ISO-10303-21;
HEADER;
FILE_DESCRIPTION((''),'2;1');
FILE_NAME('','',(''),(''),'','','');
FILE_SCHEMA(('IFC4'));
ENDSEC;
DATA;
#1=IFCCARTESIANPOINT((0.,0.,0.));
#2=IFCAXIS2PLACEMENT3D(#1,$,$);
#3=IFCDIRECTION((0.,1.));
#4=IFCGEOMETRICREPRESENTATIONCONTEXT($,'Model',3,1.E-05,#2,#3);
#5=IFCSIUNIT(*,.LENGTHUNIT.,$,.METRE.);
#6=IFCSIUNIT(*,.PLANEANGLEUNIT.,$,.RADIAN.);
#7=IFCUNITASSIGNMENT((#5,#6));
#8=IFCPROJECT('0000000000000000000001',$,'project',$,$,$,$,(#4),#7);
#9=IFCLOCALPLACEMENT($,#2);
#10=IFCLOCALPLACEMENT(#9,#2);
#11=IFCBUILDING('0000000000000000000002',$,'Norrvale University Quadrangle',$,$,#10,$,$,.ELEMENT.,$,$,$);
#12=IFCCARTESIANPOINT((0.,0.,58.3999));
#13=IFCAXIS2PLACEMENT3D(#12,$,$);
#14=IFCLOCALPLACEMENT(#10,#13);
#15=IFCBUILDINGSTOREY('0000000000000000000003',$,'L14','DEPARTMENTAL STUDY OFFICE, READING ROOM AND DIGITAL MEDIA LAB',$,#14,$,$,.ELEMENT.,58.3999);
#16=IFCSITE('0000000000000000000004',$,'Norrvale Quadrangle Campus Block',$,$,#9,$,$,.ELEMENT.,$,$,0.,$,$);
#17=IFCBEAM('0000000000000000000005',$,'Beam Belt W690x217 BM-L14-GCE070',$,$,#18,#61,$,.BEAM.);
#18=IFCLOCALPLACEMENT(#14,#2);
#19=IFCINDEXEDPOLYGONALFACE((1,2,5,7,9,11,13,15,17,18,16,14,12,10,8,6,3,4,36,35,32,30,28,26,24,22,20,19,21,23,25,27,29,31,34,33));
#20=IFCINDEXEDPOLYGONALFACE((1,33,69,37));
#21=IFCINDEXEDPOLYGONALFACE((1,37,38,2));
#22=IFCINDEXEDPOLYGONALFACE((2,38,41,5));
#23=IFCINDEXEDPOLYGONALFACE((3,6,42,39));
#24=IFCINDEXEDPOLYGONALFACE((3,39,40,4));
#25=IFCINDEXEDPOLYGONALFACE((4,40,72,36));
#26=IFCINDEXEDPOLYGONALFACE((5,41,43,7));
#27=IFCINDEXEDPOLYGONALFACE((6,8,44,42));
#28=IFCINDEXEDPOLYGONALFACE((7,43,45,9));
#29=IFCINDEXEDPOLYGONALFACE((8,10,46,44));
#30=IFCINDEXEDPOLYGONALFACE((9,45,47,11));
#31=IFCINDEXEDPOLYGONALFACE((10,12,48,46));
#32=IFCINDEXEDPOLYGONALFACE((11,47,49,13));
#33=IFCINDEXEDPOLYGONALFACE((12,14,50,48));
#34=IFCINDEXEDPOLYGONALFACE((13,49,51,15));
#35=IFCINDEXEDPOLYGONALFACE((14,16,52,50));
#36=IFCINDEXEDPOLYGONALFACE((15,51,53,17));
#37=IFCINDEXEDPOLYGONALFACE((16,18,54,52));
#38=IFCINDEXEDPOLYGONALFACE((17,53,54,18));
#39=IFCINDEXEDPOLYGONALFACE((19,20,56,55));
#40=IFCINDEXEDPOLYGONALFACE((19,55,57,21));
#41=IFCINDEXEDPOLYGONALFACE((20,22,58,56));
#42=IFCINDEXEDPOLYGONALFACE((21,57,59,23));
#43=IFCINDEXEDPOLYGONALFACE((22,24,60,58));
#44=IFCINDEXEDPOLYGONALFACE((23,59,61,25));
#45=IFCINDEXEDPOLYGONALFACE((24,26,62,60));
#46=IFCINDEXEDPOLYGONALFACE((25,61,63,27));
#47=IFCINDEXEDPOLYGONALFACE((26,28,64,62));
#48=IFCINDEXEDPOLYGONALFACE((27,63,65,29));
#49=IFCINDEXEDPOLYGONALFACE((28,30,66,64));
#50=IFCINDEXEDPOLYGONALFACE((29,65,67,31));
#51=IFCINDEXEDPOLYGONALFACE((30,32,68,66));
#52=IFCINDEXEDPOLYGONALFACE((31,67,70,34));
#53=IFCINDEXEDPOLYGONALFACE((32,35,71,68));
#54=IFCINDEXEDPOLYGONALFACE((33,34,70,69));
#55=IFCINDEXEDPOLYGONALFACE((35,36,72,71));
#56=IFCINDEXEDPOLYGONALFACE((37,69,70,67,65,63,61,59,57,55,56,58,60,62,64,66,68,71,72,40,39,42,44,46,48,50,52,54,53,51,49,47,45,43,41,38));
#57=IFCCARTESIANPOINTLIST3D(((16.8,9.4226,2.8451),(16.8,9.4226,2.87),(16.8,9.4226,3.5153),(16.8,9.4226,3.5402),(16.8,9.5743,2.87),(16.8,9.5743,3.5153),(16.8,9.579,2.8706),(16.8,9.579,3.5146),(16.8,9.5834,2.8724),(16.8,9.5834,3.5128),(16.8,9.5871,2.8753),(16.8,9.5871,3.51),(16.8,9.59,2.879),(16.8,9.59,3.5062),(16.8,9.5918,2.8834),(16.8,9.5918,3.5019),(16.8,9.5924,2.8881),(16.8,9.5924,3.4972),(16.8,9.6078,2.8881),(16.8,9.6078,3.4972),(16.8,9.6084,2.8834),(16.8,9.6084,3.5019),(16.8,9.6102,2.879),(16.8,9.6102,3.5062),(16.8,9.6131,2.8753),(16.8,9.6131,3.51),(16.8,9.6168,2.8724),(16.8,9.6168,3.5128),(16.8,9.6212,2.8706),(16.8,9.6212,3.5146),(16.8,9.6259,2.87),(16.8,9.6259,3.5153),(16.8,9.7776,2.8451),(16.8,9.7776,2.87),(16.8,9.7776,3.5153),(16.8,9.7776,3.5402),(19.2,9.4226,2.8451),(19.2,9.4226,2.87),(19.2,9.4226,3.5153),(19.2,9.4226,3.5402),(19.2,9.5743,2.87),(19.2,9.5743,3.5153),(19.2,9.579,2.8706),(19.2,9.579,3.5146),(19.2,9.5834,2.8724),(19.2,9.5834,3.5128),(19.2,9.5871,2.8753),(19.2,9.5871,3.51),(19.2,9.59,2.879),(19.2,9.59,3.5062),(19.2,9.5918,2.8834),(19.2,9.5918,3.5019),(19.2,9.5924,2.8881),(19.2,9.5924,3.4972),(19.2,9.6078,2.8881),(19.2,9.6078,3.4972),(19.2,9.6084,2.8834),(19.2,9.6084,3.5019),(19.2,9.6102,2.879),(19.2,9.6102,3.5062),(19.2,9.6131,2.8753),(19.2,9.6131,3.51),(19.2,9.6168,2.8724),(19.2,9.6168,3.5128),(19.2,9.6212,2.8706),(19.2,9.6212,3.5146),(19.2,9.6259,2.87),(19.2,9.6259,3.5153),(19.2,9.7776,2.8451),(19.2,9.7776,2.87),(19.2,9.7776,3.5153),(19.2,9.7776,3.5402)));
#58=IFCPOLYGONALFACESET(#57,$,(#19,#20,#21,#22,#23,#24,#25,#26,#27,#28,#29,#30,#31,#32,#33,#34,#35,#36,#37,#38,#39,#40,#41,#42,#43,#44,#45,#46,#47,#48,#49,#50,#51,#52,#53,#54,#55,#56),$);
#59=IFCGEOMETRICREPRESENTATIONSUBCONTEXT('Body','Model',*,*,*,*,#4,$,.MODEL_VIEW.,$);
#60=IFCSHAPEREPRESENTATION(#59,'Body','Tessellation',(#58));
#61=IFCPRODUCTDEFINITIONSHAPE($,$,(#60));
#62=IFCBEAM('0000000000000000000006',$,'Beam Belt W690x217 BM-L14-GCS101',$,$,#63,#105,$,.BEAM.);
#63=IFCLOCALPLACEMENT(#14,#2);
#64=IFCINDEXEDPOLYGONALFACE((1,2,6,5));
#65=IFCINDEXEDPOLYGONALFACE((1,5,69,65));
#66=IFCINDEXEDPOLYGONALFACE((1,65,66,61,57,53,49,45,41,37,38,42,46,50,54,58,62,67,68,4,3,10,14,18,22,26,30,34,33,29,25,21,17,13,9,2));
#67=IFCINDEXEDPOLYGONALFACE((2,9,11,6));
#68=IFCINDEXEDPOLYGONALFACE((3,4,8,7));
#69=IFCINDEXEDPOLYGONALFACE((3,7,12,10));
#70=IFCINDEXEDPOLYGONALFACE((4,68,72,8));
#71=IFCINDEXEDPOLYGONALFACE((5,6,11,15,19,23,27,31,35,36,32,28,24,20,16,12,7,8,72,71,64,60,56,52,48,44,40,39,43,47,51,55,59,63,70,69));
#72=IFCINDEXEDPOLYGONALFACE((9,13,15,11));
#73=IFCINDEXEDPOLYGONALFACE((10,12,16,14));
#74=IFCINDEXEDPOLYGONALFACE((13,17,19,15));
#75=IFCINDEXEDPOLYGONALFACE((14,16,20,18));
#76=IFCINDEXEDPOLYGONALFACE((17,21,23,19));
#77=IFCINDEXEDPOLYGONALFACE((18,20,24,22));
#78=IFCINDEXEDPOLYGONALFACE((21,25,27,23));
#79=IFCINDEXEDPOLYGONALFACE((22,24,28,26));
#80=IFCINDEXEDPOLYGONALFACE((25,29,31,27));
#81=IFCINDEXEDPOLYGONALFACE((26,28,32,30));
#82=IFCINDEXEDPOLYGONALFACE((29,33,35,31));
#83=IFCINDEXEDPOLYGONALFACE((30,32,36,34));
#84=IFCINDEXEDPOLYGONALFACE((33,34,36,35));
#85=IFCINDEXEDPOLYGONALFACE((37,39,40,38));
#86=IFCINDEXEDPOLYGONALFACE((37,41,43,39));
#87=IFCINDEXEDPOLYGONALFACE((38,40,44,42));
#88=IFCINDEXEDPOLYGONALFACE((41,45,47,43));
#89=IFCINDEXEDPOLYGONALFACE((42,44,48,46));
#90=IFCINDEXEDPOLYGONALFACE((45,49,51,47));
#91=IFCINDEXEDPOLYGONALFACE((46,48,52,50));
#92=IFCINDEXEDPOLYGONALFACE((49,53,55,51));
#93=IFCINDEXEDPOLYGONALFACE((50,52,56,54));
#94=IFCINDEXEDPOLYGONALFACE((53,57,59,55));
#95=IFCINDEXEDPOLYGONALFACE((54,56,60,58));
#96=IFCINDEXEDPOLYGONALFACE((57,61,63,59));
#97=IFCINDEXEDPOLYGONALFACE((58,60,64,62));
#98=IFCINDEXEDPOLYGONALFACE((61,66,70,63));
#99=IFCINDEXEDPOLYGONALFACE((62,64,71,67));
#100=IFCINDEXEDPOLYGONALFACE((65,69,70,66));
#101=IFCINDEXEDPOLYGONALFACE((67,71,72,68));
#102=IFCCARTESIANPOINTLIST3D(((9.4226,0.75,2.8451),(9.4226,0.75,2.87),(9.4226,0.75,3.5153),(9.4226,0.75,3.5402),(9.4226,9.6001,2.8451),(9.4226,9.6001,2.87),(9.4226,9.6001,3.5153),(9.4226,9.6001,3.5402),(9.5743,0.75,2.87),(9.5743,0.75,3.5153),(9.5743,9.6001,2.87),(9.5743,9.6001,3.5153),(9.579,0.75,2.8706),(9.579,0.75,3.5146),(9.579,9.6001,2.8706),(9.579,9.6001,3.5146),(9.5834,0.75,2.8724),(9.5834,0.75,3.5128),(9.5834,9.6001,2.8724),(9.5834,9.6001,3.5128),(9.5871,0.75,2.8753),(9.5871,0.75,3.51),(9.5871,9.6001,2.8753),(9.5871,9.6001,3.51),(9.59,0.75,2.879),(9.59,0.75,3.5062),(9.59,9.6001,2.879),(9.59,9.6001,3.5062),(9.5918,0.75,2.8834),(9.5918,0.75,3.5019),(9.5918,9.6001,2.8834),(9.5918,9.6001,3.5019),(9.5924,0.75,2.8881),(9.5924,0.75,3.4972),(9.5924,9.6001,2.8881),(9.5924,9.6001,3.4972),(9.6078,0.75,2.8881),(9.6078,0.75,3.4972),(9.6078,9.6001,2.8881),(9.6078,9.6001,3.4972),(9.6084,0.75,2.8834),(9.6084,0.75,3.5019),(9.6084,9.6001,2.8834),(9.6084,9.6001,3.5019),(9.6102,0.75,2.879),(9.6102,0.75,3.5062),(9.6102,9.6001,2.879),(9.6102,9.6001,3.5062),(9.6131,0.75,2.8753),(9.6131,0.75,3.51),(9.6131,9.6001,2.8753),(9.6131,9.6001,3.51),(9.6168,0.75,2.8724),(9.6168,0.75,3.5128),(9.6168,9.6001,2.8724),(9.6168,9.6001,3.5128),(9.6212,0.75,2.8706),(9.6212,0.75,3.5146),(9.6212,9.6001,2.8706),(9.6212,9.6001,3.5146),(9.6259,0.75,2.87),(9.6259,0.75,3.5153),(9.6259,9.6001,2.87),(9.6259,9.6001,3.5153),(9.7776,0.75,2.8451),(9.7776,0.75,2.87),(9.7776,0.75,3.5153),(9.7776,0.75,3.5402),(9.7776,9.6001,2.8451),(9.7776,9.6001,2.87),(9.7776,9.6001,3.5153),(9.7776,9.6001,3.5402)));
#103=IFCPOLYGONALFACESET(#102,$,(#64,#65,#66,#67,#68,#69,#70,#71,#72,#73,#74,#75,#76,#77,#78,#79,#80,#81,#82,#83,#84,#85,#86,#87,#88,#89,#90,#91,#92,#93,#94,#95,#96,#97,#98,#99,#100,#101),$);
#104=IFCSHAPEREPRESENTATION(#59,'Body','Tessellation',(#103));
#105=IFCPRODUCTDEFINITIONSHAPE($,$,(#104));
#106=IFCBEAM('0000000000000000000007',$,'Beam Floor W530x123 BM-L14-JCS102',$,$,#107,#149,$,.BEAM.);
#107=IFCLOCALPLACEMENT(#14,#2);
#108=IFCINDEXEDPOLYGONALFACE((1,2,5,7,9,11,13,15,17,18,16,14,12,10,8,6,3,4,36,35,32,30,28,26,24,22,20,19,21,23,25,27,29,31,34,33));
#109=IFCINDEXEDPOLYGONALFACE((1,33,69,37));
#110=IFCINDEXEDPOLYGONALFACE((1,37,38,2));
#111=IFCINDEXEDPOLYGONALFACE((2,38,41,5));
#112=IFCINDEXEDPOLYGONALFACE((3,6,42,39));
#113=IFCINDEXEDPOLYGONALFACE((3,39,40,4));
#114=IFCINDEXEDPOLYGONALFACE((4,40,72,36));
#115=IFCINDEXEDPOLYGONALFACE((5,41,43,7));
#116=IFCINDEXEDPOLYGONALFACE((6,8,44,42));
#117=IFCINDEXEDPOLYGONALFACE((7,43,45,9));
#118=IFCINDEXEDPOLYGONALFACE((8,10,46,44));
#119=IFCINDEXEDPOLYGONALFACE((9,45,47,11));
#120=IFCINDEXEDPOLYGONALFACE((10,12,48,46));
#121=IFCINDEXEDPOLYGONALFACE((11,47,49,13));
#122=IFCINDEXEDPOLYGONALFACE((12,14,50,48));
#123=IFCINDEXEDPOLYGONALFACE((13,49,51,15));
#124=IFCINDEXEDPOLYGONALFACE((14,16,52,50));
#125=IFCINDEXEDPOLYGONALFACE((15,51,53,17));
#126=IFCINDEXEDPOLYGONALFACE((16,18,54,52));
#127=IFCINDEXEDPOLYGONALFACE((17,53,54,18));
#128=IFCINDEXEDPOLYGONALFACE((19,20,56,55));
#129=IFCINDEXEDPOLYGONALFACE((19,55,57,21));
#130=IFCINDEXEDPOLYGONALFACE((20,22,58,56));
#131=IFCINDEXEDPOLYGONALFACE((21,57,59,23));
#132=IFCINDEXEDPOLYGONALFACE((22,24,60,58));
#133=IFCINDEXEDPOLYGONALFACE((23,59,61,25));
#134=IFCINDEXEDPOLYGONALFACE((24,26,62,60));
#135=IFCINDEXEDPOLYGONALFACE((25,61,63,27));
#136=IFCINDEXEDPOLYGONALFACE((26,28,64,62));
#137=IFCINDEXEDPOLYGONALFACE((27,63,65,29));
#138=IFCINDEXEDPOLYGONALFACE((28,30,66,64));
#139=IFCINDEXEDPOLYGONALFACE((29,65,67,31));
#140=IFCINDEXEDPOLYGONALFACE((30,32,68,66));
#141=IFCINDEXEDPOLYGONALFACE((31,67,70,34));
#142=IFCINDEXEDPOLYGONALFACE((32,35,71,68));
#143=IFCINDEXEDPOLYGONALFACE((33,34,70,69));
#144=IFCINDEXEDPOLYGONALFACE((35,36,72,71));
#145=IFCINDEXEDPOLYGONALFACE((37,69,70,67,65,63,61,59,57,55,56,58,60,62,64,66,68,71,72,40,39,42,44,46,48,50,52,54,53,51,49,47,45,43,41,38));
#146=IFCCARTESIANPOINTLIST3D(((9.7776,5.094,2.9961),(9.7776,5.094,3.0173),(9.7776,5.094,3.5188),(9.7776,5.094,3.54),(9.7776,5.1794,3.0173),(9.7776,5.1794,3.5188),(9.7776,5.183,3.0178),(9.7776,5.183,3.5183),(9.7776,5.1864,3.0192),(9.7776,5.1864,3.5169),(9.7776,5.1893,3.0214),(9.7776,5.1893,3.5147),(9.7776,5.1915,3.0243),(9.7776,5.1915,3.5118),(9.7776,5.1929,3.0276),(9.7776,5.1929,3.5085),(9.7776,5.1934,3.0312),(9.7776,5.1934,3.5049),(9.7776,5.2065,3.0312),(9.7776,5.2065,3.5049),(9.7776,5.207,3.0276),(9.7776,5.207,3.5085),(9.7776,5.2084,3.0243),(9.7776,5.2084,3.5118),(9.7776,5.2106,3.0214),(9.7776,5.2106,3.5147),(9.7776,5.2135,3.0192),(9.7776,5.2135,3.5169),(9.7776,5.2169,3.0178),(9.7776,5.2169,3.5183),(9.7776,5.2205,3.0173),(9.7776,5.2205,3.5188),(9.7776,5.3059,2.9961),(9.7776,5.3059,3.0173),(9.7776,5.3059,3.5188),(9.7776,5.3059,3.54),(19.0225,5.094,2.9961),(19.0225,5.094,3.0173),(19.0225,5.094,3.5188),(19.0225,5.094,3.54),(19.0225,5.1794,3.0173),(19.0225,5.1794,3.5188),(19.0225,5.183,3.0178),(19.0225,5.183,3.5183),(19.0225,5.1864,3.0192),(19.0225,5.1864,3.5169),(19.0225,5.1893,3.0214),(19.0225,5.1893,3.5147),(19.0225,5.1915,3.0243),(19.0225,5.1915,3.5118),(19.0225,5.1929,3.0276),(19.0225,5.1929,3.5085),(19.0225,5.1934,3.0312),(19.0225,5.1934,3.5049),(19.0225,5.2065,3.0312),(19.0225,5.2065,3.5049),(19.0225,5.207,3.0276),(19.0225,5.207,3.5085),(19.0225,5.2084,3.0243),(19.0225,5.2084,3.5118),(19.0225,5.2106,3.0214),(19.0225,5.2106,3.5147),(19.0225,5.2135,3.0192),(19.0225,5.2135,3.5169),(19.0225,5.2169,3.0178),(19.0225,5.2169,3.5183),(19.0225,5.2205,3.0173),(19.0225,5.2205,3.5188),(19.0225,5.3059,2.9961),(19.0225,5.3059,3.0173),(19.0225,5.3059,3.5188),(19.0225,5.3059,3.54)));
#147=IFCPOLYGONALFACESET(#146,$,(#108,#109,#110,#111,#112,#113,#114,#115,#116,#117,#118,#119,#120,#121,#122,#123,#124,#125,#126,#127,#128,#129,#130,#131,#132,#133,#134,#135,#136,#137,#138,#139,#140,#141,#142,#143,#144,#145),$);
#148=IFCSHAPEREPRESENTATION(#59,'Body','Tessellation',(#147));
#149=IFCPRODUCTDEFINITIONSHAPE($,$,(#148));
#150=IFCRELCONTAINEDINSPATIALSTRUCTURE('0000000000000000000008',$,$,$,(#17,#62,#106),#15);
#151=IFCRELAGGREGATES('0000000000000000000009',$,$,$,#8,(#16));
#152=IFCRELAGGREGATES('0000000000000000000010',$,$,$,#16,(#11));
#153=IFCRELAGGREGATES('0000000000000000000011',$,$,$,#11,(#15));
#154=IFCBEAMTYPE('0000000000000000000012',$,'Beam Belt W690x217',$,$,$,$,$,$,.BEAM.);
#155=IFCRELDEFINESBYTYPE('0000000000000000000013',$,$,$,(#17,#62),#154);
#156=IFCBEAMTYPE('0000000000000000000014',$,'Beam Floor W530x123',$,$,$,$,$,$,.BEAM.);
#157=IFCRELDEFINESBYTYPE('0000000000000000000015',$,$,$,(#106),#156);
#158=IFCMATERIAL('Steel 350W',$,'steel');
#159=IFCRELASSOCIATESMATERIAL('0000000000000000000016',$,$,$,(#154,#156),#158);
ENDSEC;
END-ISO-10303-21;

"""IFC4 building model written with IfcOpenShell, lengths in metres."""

from ifc_helpers import new_model, si_unit, direction, frame, origin, origin_2d, place, context, subcontext, project, spatial, i_section, extrude, material, material_profile, profile_set, type_object, element, save


model = new_model("IFC4")

# Units and contexts
model_context = context("Model", 3, precision=1e-05, world=origin(), true_north=direction((0.0, 1.0)))
body_context = subcontext(model_context, "Body", "Model", "MODEL_VIEW")
ifc_project = project(units=[si_unit("LENGTHUNIT", "METRE"), si_unit("PLANEANGLEUNIT", "RADIAN")], contexts=[model_context])

# Site, building, storey
site_placement = place(None, origin())
site = spatial("IfcSite", under=ifc_project, at=site_placement, Name="Norrvale Quadrangle Campus Block", CompositionType="ELEMENT", RefElevation=0.0)
building_placement = place(site_placement, origin())
building = spatial("IfcBuilding", under=site, at=building_placement, Name="Norrvale University Quadrangle", CompositionType="ELEMENT")
storey_placement = place(building_placement, frame((0.0, 0.0, 58.3999)))
storey = spatial("IfcBuildingStorey", under=building, at=storey_placement, Name="L14", Description="DEPARTMENTAL STUDY OFFICE, READING ROOM AND DIGITAL MEDIA LAB", CompositionType="ELEMENT", Elevation=58.3999)

# Beams
ifc_material_1 = material(Name="Steel 350W", Category="steel")
ifc_material_profile_1 = material_profile(ifc_material_1, i_section(OverallWidth=0.355, OverallDepth=0.6951, WebThickness=0.0154, FlangeThickness=0.0249, FilletRadius=0.0181, at=origin_2d()), Name="Steel 350W")
ifc_profile_set_1 = profile_set([ifc_material_profile_1], Name="Steel 350W")
beam_type_1 = type_object("IfcBeamType", Name="Beam Belt W690x217", PredefinedType="BEAM", material=ifc_profile_set_1)
beam_1_placement = place(storey_placement, frame((16.8, 9.6001, 3.1926), z_axis=(1.0, 0.0, 0.0), x_axis=(0.0, 1.0, 0.0)))
element("IfcBeam", 1, at=beam_1_placement, inside=storey, type_object=beam_type_1, Name="Beam Belt W690x217 BM-L14-GCE070", PredefinedType="BEAM", context=body_context, shape_type="SweptSolid", body=[
    extrude(i_section(OverallWidth=0.355, OverallDepth=0.6951, WebThickness=0.0154, FlangeThickness=0.0249, FilletRadius=0.0181, at=origin_2d()), origin(), (0.0, 0.0, 1.0), 2.3999),
])
beam_2_placement = place(storey_placement, frame((9.6001, 0.75, 3.1926), z_axis=(0.0, 1.0, 0.0), x_axis=(-1.0, 0.0, 0.0)))
element("IfcBeam", 2, at=beam_2_placement, inside=storey, type_object=beam_type_1, Name="Beam Belt W690x217 BM-L14-GCS101", PredefinedType="BEAM", context=body_context, shape_type="SweptSolid", body=[
    extrude(i_section(OverallWidth=0.355, OverallDepth=0.6951, WebThickness=0.0154, FlangeThickness=0.0249, FilletRadius=0.0181, at=origin_2d()), origin(), (0.0, 0.0, 1.0), 8.8501),
])
ifc_material_profile_2 = material_profile(ifc_material_1, i_section(OverallWidth=0.2119, OverallDepth=0.5439, WebThickness=0.0132, FlangeThickness=0.0212, FilletRadius=0.0139, at=origin_2d()), Name="Steel 350W")
ifc_profile_set_2 = profile_set([ifc_material_profile_2], Name="Steel 350W")
beam_type_2 = type_object("IfcBeamType", Name="Beam Floor W530x123", PredefinedType="BEAM", material=ifc_profile_set_2)
beam_3_placement = place(storey_placement, frame((9.7776, 5.2, 3.2681), z_axis=(1.0, 0.0, 0.0), x_axis=(0.0, 1.0, 0.0)))
element("IfcBeam", 3, at=beam_3_placement, inside=storey, type_object=beam_type_2, Name="Beam Floor W530x123 BM-L14-JCS102", PredefinedType="BEAM", context=body_context, shape_type="SweptSolid", body=[
    extrude(i_section(OverallWidth=0.2119, OverallDepth=0.5439, WebThickness=0.0132, FlangeThickness=0.0212, FilletRadius=0.0139, at=origin_2d()), origin(), (0.0, 0.0, 1.0), 9.2449),
])

save(model, "model.ifc")
